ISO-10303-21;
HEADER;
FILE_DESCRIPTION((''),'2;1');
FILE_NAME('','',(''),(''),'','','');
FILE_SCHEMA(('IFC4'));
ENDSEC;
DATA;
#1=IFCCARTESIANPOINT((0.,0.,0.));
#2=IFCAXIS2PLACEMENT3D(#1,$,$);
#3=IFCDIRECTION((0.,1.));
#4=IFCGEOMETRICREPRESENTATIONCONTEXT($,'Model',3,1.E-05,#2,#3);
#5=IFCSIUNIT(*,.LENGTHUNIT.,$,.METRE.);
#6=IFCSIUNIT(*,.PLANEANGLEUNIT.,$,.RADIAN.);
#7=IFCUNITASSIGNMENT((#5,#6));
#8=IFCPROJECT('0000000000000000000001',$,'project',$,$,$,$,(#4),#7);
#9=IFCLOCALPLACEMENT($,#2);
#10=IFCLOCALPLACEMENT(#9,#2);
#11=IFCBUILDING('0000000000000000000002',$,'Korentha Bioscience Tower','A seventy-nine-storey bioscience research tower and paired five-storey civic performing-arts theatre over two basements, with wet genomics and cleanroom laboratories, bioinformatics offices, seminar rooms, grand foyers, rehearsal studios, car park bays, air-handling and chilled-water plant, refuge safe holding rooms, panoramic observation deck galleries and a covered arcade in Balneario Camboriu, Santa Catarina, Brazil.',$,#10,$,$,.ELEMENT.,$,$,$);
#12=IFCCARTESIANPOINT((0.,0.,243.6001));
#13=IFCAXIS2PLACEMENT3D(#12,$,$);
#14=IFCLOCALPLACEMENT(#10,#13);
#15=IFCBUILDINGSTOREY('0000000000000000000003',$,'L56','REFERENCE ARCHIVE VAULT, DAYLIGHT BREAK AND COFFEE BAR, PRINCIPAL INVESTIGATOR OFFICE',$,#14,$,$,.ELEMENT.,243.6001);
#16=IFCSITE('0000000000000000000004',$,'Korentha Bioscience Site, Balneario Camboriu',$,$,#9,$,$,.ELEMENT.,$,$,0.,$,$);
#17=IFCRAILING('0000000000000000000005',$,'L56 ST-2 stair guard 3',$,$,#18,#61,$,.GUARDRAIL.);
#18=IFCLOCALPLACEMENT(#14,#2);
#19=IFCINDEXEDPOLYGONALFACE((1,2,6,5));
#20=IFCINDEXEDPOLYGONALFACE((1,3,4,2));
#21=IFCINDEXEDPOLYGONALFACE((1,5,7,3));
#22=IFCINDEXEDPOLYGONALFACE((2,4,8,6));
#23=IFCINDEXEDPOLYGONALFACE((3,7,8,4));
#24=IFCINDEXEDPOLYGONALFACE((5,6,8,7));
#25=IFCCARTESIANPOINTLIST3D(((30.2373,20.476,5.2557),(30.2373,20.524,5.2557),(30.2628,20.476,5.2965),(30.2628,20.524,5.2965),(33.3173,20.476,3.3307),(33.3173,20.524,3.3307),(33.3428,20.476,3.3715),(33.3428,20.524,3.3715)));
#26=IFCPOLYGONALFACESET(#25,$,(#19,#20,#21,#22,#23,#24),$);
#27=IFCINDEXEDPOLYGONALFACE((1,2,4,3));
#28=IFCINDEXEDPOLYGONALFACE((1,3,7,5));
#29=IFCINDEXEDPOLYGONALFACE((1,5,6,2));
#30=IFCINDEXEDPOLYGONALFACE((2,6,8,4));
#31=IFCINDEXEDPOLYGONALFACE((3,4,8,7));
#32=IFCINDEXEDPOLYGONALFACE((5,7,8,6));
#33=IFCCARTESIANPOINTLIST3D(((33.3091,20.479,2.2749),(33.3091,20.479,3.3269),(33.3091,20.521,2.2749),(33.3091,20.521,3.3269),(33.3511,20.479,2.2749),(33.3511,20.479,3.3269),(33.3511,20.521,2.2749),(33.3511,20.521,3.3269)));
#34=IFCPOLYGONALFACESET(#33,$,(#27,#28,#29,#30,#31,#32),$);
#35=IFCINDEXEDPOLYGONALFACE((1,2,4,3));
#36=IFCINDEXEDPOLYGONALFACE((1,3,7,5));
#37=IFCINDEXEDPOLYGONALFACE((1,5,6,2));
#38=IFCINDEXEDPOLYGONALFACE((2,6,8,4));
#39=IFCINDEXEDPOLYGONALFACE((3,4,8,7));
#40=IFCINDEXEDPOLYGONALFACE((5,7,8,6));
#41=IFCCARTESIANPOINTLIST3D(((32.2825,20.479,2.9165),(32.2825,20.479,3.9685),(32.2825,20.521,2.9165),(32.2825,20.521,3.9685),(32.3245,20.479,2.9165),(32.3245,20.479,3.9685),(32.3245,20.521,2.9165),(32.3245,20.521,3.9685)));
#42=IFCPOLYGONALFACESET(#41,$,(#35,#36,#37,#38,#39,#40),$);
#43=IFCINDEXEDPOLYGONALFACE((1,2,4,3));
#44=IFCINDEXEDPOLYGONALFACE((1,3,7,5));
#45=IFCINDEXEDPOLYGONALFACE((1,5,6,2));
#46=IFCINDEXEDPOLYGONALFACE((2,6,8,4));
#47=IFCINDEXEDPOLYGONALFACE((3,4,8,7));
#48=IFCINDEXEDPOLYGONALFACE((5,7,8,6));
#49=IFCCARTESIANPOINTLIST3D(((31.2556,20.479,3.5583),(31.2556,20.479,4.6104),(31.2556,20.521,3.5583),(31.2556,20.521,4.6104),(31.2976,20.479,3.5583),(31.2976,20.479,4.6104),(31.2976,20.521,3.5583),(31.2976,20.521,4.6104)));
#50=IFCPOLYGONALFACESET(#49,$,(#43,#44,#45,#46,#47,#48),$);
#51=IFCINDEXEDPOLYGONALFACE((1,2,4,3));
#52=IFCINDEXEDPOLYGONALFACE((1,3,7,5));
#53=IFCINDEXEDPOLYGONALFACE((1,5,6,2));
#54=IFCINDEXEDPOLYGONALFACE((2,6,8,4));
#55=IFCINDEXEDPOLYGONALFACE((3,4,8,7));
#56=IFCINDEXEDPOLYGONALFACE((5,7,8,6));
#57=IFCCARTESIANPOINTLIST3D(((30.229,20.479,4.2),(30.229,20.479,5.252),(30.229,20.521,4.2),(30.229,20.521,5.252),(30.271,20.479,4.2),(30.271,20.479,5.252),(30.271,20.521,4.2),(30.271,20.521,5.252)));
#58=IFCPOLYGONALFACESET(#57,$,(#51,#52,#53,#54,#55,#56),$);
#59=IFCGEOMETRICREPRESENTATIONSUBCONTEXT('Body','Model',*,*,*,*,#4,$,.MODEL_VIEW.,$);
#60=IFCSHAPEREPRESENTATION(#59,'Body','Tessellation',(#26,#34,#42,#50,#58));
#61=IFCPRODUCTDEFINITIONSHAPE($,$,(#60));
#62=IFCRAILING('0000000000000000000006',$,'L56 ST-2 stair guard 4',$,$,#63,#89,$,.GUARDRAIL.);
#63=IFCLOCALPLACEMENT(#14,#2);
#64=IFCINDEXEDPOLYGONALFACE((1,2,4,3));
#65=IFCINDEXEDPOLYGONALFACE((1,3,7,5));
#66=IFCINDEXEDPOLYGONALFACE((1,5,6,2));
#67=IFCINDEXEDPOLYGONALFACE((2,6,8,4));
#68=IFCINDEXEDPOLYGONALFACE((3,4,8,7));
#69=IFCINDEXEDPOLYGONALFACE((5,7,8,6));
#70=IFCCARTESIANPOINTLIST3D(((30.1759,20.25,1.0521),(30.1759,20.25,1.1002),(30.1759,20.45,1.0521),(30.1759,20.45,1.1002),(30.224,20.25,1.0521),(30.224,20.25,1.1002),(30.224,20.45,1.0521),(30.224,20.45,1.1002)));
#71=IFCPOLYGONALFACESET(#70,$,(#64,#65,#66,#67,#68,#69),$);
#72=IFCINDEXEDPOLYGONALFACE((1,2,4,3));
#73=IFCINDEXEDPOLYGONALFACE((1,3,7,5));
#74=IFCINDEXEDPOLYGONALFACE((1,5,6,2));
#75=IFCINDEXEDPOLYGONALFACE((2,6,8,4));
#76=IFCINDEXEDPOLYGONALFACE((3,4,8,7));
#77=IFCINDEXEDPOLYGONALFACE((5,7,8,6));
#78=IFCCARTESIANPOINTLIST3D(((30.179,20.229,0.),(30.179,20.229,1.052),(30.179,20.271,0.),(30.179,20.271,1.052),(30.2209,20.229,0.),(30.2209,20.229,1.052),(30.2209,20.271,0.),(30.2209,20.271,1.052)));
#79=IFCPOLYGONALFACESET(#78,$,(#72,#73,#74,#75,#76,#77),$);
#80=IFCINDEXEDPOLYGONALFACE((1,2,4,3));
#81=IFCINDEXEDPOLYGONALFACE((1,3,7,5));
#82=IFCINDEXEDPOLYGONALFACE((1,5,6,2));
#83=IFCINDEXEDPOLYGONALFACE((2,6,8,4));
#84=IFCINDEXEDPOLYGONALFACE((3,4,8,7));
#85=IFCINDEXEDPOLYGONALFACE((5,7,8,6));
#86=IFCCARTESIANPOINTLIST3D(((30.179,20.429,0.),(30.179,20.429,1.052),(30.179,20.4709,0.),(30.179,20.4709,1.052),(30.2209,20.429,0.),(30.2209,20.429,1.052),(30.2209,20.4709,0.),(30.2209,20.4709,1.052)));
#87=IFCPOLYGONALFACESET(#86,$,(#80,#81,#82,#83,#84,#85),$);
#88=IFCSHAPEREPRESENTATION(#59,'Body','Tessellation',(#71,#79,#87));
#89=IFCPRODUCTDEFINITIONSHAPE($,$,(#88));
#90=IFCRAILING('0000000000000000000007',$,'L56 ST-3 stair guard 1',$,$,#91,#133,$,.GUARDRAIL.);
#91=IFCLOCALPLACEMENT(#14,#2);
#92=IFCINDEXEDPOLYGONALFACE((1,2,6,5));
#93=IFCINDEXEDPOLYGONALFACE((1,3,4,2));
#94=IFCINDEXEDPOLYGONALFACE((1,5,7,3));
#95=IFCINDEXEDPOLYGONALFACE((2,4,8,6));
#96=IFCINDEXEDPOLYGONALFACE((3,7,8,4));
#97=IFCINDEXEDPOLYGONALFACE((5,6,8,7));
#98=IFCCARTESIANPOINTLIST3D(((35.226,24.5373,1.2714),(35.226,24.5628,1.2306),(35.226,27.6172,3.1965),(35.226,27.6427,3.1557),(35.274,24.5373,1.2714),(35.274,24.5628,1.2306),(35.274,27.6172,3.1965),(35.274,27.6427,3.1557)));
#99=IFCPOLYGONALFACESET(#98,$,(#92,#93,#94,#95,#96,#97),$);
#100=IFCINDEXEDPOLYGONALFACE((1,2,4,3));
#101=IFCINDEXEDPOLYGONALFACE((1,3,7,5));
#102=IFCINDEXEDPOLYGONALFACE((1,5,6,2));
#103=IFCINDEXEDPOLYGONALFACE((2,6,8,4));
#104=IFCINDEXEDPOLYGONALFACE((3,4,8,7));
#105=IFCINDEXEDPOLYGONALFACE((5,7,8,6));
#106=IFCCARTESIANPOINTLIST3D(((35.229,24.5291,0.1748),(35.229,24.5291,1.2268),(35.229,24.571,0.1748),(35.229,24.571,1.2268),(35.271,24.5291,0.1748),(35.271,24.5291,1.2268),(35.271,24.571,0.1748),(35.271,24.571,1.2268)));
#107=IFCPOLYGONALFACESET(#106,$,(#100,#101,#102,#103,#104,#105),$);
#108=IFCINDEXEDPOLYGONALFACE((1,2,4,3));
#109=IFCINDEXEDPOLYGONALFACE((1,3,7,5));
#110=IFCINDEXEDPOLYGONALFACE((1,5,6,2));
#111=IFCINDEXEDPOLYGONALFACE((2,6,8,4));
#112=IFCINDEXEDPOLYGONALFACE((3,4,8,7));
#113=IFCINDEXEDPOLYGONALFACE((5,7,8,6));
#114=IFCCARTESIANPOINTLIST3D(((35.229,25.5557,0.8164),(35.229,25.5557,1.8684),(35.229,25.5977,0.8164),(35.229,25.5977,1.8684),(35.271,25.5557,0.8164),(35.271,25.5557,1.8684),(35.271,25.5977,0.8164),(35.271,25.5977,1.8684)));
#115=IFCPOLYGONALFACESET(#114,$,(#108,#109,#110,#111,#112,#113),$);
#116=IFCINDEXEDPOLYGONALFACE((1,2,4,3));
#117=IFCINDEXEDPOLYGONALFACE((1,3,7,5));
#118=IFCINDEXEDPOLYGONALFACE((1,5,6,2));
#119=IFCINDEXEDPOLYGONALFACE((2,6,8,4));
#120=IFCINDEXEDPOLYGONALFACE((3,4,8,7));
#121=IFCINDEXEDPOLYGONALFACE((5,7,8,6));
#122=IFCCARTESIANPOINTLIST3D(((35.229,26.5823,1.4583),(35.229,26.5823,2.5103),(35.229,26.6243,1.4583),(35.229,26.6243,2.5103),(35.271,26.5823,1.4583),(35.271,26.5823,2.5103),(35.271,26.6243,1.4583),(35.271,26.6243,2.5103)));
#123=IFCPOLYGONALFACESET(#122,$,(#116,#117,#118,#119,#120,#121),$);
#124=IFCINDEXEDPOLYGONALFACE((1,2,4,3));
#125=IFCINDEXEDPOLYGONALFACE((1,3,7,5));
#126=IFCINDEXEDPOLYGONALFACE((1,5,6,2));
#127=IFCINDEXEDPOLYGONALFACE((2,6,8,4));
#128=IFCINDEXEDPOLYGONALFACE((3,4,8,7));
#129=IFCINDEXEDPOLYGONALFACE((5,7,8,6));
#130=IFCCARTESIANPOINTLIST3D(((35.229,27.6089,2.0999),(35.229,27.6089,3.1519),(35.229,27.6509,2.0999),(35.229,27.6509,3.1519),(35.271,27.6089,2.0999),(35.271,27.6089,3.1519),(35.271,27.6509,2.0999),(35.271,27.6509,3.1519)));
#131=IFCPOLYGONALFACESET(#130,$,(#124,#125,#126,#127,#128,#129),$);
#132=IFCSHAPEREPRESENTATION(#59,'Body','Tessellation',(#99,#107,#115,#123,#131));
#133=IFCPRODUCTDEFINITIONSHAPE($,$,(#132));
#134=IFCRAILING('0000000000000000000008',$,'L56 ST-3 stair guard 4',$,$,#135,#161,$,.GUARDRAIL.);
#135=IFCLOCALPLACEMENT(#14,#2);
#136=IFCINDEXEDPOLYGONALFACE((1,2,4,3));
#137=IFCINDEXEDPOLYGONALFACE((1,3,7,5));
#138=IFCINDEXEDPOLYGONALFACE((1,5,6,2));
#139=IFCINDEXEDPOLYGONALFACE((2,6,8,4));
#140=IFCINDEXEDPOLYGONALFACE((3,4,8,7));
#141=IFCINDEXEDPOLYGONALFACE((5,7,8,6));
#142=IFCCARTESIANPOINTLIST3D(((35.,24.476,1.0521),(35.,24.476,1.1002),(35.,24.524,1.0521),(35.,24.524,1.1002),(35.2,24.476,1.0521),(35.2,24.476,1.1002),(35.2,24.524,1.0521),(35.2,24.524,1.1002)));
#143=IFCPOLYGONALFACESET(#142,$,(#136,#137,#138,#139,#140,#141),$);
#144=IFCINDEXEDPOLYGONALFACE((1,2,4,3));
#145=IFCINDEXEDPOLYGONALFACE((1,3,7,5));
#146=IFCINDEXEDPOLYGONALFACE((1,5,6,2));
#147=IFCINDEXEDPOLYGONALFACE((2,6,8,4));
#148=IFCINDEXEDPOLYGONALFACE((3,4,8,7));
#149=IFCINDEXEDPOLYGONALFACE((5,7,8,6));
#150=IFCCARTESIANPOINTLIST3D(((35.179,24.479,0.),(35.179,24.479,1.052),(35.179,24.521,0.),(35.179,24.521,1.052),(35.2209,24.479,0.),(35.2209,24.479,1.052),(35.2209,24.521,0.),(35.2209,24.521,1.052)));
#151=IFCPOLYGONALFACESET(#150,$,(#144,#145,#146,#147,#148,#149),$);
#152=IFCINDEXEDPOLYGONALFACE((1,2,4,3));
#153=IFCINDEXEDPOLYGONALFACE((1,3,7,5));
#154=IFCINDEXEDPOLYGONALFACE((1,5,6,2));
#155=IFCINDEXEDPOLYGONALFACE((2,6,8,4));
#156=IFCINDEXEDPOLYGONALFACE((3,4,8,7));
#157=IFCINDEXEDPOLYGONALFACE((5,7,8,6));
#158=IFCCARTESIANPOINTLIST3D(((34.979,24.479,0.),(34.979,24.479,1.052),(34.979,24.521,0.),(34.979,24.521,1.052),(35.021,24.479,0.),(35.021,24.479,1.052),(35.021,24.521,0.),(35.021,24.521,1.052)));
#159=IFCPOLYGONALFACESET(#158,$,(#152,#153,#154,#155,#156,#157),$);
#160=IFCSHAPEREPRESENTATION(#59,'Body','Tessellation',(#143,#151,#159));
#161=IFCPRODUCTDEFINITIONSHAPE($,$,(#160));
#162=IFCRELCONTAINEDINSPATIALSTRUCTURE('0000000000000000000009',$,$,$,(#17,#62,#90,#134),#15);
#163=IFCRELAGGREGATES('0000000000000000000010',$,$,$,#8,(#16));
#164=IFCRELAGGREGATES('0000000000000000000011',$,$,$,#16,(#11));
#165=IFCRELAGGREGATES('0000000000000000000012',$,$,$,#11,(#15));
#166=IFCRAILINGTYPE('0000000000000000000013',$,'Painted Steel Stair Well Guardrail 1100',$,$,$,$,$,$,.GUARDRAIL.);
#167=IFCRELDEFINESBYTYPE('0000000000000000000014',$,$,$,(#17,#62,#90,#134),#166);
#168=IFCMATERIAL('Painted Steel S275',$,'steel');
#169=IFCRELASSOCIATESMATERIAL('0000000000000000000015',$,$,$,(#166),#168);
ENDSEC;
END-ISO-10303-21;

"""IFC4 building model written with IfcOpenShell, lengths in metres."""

from ifc_helpers import new_model, si_unit, direction, frame, origin, origin_2d, place, context, subcontext, project, spatial, rectangle, extrude, material, type_object, element, save


model = new_model("IFC4")

# Units and contexts
model_context = context("Model", 3, precision=1e-05, world=origin(), true_north=direction((0.0, 1.0)))
body_context = subcontext(model_context, "Body", "Model", "MODEL_VIEW")
ifc_project = project(units=[si_unit("LENGTHUNIT", "METRE"), si_unit("PLANEANGLEUNIT", "RADIAN")], contexts=[model_context])

# Site, building, storey
site_placement = place(None, origin())
site = spatial("IfcSite", under=ifc_project, at=site_placement, Name="Korentha Bioscience Site, Balneario Camboriu", CompositionType="ELEMENT", RefElevation=0.0)
building_placement = place(site_placement, origin())
building = spatial("IfcBuilding", under=site, at=building_placement, Name="Korentha Bioscience Tower", Description="A seventy-nine-storey bioscience research tower and paired five-storey civic performing-arts theatre over two basements, with wet genomics and cleanroom laboratories, bioinformatics offices, seminar rooms, grand foyers, rehearsal studios, car park bays, air-handling and chilled-water plant, refuge safe holding rooms, panoramic observation deck galleries and a covered arcade in Balneario Camboriu, Santa Catarina, Brazil.", CompositionType="ELEMENT")
storey_placement = place(building_placement, frame((0.0, 0.0, 243.6001)))
storey = spatial("IfcBuildingStorey", under=building, at=storey_placement, Name="L56", Description="REFERENCE ARCHIVE VAULT, DAYLIGHT BREAK AND COFFEE BAR, PRINCIPAL INVESTIGATOR OFFICE", CompositionType="ELEMENT", Elevation=243.6001)

# Railings
ifc_material_1 = material(Name="Painted Steel S275", Category="steel")
railing_type_1 = type_object("IfcRailingType", Name="Painted Steel Stair Well Guardrail 1100", PredefinedType="GUARDRAIL", material=ifc_material_1)
railing_1_placement = place(storey_placement, frame((33.3301, 20.5, 2.2749)))
element("IfcRailing", 1, at=railing_1_placement, inside=storey, type_object=railing_type_1, Name="L56 ST-2 stair guard 3", PredefinedType="GUARDRAIL", context=body_context, shape_type="SweptSolid", body=[
    extrude(rectangle(XDim=0.0481, YDim=0.0481, at=origin_2d()), frame((0.0, 0.0, 1.0762), z_axis=(-0.847998, 0.0, 0.529999), x_axis=(0.0, -1.0, 0.0)), (0.0, 0.0, 1.0), 3.6321),
    extrude(rectangle(XDim=0.042, YDim=0.042, at=origin_2d()), origin(), (0.0, 0.0, 1.0), 1.052),
    extrude(rectangle(XDim=0.042, YDim=0.042, at=origin_2d()), frame((-1.0266, 0.0, 0.6416)), (0.0, 0.0, 1.0), 1.052),
    extrude(rectangle(XDim=0.042, YDim=0.042, at=origin_2d()), frame((-2.0535, 0.0, 1.2834)), (0.0, 0.0, 1.0), 1.052),
    extrude(rectangle(XDim=0.042, YDim=0.042, at=origin_2d()), frame((-3.0801, 0.0, 1.925)), (0.0, 0.0, 1.0), 1.052),
])
railing_2_placement = place(storey_placement, frame((30.2, 20.25, 0.0)))
element("IfcRailing", 2, at=railing_2_placement, inside=storey, type_object=railing_type_1, Name="L56 ST-2 stair guard 4", PredefinedType="GUARDRAIL", context=body_context, shape_type="SweptSolid", body=[
    extrude(rectangle(XDim=0.0481, YDim=0.0481, at=origin_2d()), frame((0.0, 0.0, 1.0762), z_axis=(0.0, 1.0, 0.0), x_axis=(-1.0, 0.0, 0.0)), (0.0, 0.0, 1.0), 0.2),
    extrude(rectangle(XDim=0.042, YDim=0.042, at=origin_2d()), origin(), (0.0, 0.0, 1.0), 1.052),
    extrude(rectangle(XDim=0.042, YDim=0.042, at=origin_2d()), frame((0.0, 0.2, 0.0)), (0.0, 0.0, 1.0), 1.052),
])
railing_3_placement = place(storey_placement, frame((35.25, 24.55, 0.1748)))
element("IfcRailing", 3, at=railing_3_placement, inside=storey, type_object=railing_type_1, Name="L56 ST-3 stair guard 1", PredefinedType="GUARDRAIL", context=body_context, shape_type="SweptSolid", body=[
    extrude(rectangle(XDim=0.0481, YDim=0.0481, at=origin_2d()), frame((0.0, 0.0, 1.0762), z_axis=(0.0, 0.847979, 0.530029), x_axis=(-1.0, 0.0, 0.0)), (0.0, 0.0, 1.0), 3.6321),
    extrude(rectangle(XDim=0.042, YDim=0.042, at=origin_2d()), origin(), (0.0, 0.0, 1.0), 1.052),
    extrude(rectangle(XDim=0.042, YDim=0.042, at=origin_2d()), frame((0.0, 1.0266, 0.6416)), (0.0, 0.0, 1.0), 1.052),
    extrude(rectangle(XDim=0.042, YDim=0.042, at=origin_2d()), frame((0.0, 2.0532, 1.2834)), (0.0, 0.0, 1.0), 1.052),
    extrude(rectangle(XDim=0.042, YDim=0.042, at=origin_2d()), frame((0.0, 3.0798, 1.925)), (0.0, 0.0, 1.0), 1.052),
])
railing_4_placement = place(storey_placement, frame((35.2, 24.5, 0.0)))
element("IfcRailing", 4, at=railing_4_placement, inside=storey, type_object=railing_type_1, Name="L56 ST-3 stair guard 4", PredefinedType="GUARDRAIL", context=body_context, shape_type="SweptSolid", body=[
    extrude(rectangle(XDim=0.0481, YDim=0.0481, at=origin_2d()), frame((0.0, 0.0, 1.0762), z_axis=(-1.0, 0.0, 0.0), x_axis=(0.0, -1.0, 0.0)), (0.0, 0.0, 1.0), 0.2),
    extrude(rectangle(XDim=0.042, YDim=0.042, at=origin_2d()), origin(), (0.0, 0.0, 1.0), 1.052),
    extrude(rectangle(XDim=0.042, YDim=0.042, at=origin_2d()), frame((-0.2, 0.0, 0.0)), (0.0, 0.0, 1.0), 1.052),
])

save(model, "model.ifc")
